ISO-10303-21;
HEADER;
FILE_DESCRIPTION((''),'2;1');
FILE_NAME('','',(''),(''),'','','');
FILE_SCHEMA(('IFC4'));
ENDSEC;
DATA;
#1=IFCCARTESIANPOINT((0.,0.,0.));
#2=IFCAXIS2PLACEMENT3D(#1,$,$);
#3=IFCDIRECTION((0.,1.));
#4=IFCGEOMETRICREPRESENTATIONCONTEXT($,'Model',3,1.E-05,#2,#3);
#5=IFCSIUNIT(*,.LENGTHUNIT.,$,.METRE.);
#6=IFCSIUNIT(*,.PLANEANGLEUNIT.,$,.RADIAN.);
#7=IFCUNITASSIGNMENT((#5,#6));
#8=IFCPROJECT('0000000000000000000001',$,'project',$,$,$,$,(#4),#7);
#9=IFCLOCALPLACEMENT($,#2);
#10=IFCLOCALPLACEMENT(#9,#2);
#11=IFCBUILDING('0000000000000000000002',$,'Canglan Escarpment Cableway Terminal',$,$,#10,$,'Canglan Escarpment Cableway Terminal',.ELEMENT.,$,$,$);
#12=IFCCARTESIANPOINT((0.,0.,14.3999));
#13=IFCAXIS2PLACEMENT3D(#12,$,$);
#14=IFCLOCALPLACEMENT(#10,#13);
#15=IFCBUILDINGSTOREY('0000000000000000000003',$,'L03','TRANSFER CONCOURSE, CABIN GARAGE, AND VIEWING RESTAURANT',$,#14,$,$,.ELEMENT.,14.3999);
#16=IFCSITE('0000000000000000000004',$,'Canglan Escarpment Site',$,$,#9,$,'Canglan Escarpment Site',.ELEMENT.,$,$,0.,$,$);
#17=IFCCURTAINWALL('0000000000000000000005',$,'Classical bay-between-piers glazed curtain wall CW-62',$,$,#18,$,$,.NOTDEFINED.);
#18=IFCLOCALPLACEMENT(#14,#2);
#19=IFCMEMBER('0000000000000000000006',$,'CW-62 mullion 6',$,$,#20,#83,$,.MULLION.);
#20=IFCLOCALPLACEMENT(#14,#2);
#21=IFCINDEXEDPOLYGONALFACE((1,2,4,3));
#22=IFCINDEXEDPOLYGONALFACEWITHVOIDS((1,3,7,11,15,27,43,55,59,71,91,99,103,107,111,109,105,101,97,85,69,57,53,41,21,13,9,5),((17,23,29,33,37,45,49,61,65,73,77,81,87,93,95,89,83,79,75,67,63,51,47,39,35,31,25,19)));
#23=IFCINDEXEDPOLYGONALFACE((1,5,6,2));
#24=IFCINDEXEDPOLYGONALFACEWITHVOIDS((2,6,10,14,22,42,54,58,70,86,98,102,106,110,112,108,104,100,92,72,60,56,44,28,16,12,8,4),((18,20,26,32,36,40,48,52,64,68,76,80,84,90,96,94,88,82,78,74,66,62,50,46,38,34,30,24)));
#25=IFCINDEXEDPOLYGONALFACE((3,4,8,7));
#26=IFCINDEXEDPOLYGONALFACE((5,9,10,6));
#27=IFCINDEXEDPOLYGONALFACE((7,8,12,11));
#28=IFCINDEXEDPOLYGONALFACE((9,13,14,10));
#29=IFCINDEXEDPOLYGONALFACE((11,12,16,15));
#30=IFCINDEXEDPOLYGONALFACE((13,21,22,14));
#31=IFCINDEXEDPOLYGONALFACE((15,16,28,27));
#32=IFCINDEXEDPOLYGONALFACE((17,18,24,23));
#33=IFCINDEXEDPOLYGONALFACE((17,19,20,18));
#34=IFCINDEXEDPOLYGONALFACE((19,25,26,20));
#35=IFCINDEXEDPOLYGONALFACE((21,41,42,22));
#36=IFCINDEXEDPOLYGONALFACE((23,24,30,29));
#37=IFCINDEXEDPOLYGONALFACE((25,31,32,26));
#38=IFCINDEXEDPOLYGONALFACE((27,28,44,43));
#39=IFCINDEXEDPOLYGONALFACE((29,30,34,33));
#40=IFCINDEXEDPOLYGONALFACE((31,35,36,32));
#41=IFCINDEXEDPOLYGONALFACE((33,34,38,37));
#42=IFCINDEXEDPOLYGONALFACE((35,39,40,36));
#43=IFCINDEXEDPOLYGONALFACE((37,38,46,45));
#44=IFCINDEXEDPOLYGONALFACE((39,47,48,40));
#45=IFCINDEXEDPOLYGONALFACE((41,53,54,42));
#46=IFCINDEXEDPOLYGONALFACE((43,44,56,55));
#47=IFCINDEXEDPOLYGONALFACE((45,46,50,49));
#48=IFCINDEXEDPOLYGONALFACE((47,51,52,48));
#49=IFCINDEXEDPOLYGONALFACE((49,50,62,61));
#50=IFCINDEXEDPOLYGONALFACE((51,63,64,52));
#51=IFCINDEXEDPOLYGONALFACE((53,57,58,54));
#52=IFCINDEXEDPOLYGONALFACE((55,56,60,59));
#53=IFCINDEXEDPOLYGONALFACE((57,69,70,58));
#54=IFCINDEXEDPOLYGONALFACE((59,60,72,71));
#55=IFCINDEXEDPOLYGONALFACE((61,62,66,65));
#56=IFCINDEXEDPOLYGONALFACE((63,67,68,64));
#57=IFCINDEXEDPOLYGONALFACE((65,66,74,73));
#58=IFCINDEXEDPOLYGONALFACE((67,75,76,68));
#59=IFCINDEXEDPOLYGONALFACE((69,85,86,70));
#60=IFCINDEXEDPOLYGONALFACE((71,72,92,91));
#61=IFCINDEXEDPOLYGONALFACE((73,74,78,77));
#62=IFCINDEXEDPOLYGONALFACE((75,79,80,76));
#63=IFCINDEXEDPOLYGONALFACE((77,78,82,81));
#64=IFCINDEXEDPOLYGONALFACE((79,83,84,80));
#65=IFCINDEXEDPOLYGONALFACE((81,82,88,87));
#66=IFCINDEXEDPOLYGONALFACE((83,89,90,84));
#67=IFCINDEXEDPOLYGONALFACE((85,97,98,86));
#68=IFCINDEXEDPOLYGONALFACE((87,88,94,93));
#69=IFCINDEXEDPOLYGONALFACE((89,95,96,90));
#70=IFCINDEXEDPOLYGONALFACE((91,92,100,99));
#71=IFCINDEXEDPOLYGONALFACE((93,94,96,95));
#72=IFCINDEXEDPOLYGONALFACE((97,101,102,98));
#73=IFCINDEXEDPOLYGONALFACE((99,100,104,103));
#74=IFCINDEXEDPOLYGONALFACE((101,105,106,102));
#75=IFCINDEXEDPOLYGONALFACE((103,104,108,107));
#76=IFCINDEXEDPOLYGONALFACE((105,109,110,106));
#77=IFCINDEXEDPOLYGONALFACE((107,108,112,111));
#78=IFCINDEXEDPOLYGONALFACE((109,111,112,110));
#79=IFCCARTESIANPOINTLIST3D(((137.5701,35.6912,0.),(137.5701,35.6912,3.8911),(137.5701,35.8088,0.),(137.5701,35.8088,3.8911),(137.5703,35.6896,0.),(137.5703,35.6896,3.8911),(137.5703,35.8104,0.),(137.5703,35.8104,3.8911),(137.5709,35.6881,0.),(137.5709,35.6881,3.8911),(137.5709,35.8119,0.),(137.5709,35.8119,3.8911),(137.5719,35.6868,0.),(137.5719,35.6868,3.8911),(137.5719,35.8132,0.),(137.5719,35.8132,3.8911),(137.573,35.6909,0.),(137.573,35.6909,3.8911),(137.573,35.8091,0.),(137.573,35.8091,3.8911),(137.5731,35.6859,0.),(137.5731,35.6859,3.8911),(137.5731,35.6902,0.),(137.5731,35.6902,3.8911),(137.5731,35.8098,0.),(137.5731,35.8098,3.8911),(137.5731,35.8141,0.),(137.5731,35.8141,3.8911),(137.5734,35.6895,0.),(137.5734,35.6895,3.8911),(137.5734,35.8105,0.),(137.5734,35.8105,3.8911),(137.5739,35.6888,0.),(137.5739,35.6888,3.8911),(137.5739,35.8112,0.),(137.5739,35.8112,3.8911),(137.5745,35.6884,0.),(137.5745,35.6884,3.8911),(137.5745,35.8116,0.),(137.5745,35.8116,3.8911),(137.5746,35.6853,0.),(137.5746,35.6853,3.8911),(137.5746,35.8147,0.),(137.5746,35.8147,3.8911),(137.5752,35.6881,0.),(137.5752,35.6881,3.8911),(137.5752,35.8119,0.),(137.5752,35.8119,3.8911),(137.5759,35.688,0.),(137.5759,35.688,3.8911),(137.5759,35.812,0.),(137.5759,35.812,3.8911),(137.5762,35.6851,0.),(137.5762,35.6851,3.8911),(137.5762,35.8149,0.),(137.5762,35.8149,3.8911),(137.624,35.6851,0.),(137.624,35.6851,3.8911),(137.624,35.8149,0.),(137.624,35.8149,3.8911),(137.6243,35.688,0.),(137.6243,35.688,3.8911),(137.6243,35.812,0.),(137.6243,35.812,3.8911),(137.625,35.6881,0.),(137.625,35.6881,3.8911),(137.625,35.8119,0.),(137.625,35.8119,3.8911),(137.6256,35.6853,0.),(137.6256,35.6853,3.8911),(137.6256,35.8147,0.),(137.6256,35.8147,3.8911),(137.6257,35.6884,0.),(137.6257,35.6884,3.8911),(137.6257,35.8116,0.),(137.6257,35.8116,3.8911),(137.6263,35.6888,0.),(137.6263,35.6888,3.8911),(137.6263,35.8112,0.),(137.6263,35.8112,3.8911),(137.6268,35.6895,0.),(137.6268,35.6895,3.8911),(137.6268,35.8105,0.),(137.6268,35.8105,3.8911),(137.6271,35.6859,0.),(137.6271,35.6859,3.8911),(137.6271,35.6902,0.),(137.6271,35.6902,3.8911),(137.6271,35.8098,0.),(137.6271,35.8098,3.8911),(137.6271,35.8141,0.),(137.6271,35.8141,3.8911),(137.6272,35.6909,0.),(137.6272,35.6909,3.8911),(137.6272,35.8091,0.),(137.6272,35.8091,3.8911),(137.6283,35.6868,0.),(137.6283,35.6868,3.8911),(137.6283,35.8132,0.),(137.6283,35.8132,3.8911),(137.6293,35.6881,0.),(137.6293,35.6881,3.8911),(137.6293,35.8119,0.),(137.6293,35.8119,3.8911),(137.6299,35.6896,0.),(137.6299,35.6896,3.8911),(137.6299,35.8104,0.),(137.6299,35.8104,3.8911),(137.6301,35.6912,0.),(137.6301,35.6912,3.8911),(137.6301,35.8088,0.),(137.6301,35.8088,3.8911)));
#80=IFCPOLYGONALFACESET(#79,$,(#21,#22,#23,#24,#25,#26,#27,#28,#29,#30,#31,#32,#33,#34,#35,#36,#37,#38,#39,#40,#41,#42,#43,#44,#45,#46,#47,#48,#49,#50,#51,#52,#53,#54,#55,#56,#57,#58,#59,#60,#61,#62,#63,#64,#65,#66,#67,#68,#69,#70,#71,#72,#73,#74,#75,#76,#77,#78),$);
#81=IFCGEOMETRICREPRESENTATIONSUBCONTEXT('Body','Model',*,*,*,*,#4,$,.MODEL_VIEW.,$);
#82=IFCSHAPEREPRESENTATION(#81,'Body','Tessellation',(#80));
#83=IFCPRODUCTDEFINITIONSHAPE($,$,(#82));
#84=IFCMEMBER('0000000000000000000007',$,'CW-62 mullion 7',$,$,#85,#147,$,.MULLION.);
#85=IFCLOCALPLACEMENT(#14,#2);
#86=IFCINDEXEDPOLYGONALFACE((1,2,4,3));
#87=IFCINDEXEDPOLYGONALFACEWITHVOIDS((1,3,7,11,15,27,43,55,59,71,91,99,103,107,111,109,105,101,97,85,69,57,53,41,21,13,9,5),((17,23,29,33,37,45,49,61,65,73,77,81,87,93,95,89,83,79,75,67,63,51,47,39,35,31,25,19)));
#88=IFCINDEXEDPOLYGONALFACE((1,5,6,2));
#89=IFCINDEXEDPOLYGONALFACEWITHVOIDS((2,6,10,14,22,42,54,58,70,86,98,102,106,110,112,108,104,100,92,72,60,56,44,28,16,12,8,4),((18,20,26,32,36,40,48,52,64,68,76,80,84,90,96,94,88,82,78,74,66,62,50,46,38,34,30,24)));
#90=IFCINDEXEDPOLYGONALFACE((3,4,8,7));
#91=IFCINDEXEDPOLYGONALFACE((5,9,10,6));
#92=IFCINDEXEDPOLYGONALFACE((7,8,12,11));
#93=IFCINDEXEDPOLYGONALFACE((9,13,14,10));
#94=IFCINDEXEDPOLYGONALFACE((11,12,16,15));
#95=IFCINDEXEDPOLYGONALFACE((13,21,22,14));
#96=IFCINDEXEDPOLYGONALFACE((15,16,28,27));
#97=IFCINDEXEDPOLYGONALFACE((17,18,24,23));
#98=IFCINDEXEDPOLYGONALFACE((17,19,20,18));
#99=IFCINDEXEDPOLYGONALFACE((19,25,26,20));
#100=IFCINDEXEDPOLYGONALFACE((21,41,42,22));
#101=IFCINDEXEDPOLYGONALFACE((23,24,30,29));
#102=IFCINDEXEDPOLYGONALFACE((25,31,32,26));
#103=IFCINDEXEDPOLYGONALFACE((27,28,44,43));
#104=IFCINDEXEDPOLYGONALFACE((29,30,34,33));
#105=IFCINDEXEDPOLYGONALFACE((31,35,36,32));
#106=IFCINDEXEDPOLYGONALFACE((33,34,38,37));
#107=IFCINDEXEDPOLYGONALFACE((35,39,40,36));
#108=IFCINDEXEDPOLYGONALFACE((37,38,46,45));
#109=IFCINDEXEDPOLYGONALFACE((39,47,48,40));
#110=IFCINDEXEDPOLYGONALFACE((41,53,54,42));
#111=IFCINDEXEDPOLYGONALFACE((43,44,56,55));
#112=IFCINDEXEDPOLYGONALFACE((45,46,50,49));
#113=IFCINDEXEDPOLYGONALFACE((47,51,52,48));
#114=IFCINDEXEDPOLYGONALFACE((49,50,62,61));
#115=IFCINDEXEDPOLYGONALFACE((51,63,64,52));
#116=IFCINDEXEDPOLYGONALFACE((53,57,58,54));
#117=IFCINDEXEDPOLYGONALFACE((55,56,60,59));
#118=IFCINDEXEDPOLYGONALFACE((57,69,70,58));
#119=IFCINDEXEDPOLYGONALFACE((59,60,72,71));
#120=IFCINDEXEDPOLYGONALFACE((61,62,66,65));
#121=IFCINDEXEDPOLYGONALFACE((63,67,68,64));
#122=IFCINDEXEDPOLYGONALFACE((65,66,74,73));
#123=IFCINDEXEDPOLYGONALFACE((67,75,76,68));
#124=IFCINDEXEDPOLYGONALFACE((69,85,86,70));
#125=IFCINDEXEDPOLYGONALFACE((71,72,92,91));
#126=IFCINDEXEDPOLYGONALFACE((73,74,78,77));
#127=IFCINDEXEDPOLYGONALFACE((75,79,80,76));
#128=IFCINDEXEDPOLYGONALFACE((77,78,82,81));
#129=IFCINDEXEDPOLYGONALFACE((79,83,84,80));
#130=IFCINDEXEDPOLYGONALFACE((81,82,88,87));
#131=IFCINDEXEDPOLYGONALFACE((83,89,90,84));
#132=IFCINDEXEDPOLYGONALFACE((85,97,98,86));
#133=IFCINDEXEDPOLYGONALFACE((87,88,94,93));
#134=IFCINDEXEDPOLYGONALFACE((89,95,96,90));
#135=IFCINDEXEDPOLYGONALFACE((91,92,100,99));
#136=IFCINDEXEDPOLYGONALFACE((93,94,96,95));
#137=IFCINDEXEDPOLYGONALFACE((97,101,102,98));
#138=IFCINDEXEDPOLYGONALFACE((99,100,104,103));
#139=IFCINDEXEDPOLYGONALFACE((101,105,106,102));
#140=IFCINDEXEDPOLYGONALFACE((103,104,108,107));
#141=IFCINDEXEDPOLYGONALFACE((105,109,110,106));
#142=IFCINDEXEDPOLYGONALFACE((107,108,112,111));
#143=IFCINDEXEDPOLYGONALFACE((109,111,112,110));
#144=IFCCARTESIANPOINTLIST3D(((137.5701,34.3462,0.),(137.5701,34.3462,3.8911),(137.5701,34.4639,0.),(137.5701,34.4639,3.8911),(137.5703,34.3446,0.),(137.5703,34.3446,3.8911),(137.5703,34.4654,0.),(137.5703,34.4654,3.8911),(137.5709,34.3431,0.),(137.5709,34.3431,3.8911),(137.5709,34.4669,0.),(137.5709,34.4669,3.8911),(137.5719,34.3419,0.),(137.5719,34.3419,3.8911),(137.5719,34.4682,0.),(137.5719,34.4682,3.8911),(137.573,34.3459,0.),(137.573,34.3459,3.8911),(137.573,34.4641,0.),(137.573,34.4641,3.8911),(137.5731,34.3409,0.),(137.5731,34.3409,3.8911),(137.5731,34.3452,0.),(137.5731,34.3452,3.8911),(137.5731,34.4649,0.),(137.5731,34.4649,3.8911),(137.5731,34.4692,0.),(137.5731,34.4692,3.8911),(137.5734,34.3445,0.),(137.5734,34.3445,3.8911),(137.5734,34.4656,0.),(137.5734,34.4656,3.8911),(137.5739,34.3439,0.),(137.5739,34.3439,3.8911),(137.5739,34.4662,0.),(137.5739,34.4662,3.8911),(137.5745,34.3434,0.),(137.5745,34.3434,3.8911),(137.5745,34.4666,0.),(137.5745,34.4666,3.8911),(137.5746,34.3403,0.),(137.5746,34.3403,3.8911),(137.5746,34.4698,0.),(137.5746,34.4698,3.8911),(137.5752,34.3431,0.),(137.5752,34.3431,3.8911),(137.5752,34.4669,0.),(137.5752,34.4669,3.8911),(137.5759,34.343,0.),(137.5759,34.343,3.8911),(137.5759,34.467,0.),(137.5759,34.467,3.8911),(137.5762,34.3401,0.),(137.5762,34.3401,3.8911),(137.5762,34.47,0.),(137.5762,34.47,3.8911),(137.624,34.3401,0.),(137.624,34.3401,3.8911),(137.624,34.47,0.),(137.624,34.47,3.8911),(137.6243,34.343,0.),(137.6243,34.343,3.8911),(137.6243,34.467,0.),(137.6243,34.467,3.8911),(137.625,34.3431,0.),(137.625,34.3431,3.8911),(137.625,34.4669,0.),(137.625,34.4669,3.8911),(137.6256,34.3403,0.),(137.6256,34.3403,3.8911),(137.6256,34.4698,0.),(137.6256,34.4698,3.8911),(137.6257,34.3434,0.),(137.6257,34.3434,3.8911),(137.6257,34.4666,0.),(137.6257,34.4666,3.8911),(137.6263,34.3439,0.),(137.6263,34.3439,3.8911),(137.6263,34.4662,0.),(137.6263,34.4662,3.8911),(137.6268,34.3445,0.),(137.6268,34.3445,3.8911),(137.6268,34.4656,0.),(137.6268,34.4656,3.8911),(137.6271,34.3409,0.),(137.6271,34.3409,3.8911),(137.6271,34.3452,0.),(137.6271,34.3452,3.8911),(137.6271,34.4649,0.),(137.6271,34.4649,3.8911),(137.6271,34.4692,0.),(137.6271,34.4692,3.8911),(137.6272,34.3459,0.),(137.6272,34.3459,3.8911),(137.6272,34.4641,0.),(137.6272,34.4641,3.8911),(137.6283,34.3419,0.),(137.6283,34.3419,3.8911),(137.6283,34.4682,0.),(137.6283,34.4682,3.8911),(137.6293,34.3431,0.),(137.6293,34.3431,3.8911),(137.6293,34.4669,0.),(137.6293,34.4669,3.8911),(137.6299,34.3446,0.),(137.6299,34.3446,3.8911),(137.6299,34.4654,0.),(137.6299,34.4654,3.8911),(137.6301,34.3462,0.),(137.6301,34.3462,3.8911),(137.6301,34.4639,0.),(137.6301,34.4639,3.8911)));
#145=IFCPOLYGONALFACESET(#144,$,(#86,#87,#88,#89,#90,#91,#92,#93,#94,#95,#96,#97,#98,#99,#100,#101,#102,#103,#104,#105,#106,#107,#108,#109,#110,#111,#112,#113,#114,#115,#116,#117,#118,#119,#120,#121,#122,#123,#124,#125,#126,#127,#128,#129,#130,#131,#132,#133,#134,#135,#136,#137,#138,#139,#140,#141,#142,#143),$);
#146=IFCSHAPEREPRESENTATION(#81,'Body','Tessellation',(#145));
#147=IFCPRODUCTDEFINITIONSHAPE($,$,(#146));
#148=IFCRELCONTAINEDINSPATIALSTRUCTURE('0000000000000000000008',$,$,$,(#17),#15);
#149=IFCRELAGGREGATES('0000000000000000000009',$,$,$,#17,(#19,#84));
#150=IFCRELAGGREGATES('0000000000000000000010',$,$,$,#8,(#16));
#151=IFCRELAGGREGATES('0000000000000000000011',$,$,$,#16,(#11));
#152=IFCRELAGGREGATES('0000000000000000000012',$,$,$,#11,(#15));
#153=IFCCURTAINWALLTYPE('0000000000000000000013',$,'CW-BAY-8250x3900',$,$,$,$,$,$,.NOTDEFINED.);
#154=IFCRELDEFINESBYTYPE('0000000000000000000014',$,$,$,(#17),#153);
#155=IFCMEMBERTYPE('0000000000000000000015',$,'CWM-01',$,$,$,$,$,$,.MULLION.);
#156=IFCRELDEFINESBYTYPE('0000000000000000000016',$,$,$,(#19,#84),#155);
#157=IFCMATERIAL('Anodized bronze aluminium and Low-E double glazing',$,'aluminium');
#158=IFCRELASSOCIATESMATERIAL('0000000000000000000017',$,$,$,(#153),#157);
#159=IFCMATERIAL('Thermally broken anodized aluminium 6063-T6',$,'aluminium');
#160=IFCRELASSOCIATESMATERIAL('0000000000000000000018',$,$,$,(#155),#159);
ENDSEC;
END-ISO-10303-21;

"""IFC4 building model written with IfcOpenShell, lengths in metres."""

from ifc_helpers import new_model, si_unit, direction, frame, origin, origin_2d, place, context, subcontext, project, spatial, hollow_rectangle, extrude, material, material_profile, profile_set, type_object, element, aggregate, save


model = new_model("IFC4")

# Units and contexts
model_context = context("Model", 3, precision=1e-05, world=origin(), true_north=direction((0.0, 1.0)))
body_context = subcontext(model_context, "Body", "Model", "MODEL_VIEW")
ifc_project = project(units=[si_unit("LENGTHUNIT", "METRE"), si_unit("PLANEANGLEUNIT", "RADIAN")], contexts=[model_context])

# Site, building, storey
site_placement = place(None, origin())
site = spatial("IfcSite", under=ifc_project, at=site_placement, Name="Canglan Escarpment Site", LongName="Canglan Escarpment Site", CompositionType="ELEMENT", RefElevation=0.0)
building_placement = place(site_placement, origin())
building = spatial("IfcBuilding", under=site, at=building_placement, Name="Canglan Escarpment Cableway Terminal", LongName="Canglan Escarpment Cableway Terminal", CompositionType="ELEMENT")
storey_placement = place(building_placement, frame((0.0, 0.0, 14.3999)))
storey = spatial("IfcBuildingStorey", under=building, at=storey_placement, Name="L03", Description="TRANSFER CONCOURSE, CABIN GARAGE, AND VIEWING RESTAURANT", CompositionType="ELEMENT", Elevation=14.3999)

# Curtain wall, members
ifc_material_1 = material(Name="Anodized bronze aluminium and Low-E double glazing", Category="aluminium")
curtain_wall_type_1 = type_object("IfcCurtainWallType", Name="CW-BAY-8250x3900", PredefinedType="NOTDEFINED", material=ifc_material_1)
curtain_wall_1_placement = place(storey_placement, origin())
curtain_wall_1 = element("IfcCurtainWall", 1, at=curtain_wall_1_placement, inside=storey, type_object=curtain_wall_type_1, Name="Classical bay-between-piers glazed curtain wall CW-62", PredefinedType="NOTDEFINED")
ifc_material_2 = material(Name="Thermally broken anodized aluminium 6063-T6", Category="aluminium")
ifc_material_profile_1 = material_profile(ifc_material_2, hollow_rectangle(XDim=0.0601, YDim=0.1299, WallThickness=0.0029, InnerFilletRadius=0.0029, OuterFilletRadius=0.0061, at=origin_2d()), Name="ALU-MULL 60x130x3")
ifc_profile_set_1 = profile_set([ifc_material_profile_1], Name="Thermally broken anodized aluminium 6063-T6")
member_type_1 = type_object("IfcMemberType", Name="CWM-01", PredefinedType="MULLION", material=ifc_profile_set_1)
member_1_placement = place(storey_placement, frame((137.6001, 35.75, 0.0), z_axis=(0.0, 0.0, 1.0), x_axis=(1.0, 0.0, 0.0)))
member_1 = element("IfcMember", 2, at=member_1_placement, type_object=member_type_1, Name="CW-62 mullion 6", PredefinedType="MULLION", context=body_context, shape_type="SweptSolid", body=[
    extrude(hollow_rectangle(XDim=0.0601, YDim=0.1299, WallThickness=0.0029, InnerFilletRadius=0.0029, OuterFilletRadius=0.0061, at=origin_2d()), origin(), (0.0, 0.0, 1.0), 3.8911),
])
member_2_placement = place(storey_placement, frame((137.6001, 34.405, 0.0), z_axis=(0.0, 0.0, 1.0), x_axis=(1.0, 0.0, 0.0)))
member_2 = element("IfcMember", 3, at=member_2_placement, type_object=member_type_1, Name="CW-62 mullion 7", PredefinedType="MULLION", context=body_context, shape_type="SweptSolid", body=[
    extrude(hollow_rectangle(XDim=0.0601, YDim=0.1299, WallThickness=0.0029, InnerFilletRadius=0.0029, OuterFilletRadius=0.0061, at=origin_2d()), origin(), (0.0, 0.0, 1.0), 3.8911),
])

aggregate(curtain_wall_1, [member_1, member_2])

save(model, "model.ifc")
